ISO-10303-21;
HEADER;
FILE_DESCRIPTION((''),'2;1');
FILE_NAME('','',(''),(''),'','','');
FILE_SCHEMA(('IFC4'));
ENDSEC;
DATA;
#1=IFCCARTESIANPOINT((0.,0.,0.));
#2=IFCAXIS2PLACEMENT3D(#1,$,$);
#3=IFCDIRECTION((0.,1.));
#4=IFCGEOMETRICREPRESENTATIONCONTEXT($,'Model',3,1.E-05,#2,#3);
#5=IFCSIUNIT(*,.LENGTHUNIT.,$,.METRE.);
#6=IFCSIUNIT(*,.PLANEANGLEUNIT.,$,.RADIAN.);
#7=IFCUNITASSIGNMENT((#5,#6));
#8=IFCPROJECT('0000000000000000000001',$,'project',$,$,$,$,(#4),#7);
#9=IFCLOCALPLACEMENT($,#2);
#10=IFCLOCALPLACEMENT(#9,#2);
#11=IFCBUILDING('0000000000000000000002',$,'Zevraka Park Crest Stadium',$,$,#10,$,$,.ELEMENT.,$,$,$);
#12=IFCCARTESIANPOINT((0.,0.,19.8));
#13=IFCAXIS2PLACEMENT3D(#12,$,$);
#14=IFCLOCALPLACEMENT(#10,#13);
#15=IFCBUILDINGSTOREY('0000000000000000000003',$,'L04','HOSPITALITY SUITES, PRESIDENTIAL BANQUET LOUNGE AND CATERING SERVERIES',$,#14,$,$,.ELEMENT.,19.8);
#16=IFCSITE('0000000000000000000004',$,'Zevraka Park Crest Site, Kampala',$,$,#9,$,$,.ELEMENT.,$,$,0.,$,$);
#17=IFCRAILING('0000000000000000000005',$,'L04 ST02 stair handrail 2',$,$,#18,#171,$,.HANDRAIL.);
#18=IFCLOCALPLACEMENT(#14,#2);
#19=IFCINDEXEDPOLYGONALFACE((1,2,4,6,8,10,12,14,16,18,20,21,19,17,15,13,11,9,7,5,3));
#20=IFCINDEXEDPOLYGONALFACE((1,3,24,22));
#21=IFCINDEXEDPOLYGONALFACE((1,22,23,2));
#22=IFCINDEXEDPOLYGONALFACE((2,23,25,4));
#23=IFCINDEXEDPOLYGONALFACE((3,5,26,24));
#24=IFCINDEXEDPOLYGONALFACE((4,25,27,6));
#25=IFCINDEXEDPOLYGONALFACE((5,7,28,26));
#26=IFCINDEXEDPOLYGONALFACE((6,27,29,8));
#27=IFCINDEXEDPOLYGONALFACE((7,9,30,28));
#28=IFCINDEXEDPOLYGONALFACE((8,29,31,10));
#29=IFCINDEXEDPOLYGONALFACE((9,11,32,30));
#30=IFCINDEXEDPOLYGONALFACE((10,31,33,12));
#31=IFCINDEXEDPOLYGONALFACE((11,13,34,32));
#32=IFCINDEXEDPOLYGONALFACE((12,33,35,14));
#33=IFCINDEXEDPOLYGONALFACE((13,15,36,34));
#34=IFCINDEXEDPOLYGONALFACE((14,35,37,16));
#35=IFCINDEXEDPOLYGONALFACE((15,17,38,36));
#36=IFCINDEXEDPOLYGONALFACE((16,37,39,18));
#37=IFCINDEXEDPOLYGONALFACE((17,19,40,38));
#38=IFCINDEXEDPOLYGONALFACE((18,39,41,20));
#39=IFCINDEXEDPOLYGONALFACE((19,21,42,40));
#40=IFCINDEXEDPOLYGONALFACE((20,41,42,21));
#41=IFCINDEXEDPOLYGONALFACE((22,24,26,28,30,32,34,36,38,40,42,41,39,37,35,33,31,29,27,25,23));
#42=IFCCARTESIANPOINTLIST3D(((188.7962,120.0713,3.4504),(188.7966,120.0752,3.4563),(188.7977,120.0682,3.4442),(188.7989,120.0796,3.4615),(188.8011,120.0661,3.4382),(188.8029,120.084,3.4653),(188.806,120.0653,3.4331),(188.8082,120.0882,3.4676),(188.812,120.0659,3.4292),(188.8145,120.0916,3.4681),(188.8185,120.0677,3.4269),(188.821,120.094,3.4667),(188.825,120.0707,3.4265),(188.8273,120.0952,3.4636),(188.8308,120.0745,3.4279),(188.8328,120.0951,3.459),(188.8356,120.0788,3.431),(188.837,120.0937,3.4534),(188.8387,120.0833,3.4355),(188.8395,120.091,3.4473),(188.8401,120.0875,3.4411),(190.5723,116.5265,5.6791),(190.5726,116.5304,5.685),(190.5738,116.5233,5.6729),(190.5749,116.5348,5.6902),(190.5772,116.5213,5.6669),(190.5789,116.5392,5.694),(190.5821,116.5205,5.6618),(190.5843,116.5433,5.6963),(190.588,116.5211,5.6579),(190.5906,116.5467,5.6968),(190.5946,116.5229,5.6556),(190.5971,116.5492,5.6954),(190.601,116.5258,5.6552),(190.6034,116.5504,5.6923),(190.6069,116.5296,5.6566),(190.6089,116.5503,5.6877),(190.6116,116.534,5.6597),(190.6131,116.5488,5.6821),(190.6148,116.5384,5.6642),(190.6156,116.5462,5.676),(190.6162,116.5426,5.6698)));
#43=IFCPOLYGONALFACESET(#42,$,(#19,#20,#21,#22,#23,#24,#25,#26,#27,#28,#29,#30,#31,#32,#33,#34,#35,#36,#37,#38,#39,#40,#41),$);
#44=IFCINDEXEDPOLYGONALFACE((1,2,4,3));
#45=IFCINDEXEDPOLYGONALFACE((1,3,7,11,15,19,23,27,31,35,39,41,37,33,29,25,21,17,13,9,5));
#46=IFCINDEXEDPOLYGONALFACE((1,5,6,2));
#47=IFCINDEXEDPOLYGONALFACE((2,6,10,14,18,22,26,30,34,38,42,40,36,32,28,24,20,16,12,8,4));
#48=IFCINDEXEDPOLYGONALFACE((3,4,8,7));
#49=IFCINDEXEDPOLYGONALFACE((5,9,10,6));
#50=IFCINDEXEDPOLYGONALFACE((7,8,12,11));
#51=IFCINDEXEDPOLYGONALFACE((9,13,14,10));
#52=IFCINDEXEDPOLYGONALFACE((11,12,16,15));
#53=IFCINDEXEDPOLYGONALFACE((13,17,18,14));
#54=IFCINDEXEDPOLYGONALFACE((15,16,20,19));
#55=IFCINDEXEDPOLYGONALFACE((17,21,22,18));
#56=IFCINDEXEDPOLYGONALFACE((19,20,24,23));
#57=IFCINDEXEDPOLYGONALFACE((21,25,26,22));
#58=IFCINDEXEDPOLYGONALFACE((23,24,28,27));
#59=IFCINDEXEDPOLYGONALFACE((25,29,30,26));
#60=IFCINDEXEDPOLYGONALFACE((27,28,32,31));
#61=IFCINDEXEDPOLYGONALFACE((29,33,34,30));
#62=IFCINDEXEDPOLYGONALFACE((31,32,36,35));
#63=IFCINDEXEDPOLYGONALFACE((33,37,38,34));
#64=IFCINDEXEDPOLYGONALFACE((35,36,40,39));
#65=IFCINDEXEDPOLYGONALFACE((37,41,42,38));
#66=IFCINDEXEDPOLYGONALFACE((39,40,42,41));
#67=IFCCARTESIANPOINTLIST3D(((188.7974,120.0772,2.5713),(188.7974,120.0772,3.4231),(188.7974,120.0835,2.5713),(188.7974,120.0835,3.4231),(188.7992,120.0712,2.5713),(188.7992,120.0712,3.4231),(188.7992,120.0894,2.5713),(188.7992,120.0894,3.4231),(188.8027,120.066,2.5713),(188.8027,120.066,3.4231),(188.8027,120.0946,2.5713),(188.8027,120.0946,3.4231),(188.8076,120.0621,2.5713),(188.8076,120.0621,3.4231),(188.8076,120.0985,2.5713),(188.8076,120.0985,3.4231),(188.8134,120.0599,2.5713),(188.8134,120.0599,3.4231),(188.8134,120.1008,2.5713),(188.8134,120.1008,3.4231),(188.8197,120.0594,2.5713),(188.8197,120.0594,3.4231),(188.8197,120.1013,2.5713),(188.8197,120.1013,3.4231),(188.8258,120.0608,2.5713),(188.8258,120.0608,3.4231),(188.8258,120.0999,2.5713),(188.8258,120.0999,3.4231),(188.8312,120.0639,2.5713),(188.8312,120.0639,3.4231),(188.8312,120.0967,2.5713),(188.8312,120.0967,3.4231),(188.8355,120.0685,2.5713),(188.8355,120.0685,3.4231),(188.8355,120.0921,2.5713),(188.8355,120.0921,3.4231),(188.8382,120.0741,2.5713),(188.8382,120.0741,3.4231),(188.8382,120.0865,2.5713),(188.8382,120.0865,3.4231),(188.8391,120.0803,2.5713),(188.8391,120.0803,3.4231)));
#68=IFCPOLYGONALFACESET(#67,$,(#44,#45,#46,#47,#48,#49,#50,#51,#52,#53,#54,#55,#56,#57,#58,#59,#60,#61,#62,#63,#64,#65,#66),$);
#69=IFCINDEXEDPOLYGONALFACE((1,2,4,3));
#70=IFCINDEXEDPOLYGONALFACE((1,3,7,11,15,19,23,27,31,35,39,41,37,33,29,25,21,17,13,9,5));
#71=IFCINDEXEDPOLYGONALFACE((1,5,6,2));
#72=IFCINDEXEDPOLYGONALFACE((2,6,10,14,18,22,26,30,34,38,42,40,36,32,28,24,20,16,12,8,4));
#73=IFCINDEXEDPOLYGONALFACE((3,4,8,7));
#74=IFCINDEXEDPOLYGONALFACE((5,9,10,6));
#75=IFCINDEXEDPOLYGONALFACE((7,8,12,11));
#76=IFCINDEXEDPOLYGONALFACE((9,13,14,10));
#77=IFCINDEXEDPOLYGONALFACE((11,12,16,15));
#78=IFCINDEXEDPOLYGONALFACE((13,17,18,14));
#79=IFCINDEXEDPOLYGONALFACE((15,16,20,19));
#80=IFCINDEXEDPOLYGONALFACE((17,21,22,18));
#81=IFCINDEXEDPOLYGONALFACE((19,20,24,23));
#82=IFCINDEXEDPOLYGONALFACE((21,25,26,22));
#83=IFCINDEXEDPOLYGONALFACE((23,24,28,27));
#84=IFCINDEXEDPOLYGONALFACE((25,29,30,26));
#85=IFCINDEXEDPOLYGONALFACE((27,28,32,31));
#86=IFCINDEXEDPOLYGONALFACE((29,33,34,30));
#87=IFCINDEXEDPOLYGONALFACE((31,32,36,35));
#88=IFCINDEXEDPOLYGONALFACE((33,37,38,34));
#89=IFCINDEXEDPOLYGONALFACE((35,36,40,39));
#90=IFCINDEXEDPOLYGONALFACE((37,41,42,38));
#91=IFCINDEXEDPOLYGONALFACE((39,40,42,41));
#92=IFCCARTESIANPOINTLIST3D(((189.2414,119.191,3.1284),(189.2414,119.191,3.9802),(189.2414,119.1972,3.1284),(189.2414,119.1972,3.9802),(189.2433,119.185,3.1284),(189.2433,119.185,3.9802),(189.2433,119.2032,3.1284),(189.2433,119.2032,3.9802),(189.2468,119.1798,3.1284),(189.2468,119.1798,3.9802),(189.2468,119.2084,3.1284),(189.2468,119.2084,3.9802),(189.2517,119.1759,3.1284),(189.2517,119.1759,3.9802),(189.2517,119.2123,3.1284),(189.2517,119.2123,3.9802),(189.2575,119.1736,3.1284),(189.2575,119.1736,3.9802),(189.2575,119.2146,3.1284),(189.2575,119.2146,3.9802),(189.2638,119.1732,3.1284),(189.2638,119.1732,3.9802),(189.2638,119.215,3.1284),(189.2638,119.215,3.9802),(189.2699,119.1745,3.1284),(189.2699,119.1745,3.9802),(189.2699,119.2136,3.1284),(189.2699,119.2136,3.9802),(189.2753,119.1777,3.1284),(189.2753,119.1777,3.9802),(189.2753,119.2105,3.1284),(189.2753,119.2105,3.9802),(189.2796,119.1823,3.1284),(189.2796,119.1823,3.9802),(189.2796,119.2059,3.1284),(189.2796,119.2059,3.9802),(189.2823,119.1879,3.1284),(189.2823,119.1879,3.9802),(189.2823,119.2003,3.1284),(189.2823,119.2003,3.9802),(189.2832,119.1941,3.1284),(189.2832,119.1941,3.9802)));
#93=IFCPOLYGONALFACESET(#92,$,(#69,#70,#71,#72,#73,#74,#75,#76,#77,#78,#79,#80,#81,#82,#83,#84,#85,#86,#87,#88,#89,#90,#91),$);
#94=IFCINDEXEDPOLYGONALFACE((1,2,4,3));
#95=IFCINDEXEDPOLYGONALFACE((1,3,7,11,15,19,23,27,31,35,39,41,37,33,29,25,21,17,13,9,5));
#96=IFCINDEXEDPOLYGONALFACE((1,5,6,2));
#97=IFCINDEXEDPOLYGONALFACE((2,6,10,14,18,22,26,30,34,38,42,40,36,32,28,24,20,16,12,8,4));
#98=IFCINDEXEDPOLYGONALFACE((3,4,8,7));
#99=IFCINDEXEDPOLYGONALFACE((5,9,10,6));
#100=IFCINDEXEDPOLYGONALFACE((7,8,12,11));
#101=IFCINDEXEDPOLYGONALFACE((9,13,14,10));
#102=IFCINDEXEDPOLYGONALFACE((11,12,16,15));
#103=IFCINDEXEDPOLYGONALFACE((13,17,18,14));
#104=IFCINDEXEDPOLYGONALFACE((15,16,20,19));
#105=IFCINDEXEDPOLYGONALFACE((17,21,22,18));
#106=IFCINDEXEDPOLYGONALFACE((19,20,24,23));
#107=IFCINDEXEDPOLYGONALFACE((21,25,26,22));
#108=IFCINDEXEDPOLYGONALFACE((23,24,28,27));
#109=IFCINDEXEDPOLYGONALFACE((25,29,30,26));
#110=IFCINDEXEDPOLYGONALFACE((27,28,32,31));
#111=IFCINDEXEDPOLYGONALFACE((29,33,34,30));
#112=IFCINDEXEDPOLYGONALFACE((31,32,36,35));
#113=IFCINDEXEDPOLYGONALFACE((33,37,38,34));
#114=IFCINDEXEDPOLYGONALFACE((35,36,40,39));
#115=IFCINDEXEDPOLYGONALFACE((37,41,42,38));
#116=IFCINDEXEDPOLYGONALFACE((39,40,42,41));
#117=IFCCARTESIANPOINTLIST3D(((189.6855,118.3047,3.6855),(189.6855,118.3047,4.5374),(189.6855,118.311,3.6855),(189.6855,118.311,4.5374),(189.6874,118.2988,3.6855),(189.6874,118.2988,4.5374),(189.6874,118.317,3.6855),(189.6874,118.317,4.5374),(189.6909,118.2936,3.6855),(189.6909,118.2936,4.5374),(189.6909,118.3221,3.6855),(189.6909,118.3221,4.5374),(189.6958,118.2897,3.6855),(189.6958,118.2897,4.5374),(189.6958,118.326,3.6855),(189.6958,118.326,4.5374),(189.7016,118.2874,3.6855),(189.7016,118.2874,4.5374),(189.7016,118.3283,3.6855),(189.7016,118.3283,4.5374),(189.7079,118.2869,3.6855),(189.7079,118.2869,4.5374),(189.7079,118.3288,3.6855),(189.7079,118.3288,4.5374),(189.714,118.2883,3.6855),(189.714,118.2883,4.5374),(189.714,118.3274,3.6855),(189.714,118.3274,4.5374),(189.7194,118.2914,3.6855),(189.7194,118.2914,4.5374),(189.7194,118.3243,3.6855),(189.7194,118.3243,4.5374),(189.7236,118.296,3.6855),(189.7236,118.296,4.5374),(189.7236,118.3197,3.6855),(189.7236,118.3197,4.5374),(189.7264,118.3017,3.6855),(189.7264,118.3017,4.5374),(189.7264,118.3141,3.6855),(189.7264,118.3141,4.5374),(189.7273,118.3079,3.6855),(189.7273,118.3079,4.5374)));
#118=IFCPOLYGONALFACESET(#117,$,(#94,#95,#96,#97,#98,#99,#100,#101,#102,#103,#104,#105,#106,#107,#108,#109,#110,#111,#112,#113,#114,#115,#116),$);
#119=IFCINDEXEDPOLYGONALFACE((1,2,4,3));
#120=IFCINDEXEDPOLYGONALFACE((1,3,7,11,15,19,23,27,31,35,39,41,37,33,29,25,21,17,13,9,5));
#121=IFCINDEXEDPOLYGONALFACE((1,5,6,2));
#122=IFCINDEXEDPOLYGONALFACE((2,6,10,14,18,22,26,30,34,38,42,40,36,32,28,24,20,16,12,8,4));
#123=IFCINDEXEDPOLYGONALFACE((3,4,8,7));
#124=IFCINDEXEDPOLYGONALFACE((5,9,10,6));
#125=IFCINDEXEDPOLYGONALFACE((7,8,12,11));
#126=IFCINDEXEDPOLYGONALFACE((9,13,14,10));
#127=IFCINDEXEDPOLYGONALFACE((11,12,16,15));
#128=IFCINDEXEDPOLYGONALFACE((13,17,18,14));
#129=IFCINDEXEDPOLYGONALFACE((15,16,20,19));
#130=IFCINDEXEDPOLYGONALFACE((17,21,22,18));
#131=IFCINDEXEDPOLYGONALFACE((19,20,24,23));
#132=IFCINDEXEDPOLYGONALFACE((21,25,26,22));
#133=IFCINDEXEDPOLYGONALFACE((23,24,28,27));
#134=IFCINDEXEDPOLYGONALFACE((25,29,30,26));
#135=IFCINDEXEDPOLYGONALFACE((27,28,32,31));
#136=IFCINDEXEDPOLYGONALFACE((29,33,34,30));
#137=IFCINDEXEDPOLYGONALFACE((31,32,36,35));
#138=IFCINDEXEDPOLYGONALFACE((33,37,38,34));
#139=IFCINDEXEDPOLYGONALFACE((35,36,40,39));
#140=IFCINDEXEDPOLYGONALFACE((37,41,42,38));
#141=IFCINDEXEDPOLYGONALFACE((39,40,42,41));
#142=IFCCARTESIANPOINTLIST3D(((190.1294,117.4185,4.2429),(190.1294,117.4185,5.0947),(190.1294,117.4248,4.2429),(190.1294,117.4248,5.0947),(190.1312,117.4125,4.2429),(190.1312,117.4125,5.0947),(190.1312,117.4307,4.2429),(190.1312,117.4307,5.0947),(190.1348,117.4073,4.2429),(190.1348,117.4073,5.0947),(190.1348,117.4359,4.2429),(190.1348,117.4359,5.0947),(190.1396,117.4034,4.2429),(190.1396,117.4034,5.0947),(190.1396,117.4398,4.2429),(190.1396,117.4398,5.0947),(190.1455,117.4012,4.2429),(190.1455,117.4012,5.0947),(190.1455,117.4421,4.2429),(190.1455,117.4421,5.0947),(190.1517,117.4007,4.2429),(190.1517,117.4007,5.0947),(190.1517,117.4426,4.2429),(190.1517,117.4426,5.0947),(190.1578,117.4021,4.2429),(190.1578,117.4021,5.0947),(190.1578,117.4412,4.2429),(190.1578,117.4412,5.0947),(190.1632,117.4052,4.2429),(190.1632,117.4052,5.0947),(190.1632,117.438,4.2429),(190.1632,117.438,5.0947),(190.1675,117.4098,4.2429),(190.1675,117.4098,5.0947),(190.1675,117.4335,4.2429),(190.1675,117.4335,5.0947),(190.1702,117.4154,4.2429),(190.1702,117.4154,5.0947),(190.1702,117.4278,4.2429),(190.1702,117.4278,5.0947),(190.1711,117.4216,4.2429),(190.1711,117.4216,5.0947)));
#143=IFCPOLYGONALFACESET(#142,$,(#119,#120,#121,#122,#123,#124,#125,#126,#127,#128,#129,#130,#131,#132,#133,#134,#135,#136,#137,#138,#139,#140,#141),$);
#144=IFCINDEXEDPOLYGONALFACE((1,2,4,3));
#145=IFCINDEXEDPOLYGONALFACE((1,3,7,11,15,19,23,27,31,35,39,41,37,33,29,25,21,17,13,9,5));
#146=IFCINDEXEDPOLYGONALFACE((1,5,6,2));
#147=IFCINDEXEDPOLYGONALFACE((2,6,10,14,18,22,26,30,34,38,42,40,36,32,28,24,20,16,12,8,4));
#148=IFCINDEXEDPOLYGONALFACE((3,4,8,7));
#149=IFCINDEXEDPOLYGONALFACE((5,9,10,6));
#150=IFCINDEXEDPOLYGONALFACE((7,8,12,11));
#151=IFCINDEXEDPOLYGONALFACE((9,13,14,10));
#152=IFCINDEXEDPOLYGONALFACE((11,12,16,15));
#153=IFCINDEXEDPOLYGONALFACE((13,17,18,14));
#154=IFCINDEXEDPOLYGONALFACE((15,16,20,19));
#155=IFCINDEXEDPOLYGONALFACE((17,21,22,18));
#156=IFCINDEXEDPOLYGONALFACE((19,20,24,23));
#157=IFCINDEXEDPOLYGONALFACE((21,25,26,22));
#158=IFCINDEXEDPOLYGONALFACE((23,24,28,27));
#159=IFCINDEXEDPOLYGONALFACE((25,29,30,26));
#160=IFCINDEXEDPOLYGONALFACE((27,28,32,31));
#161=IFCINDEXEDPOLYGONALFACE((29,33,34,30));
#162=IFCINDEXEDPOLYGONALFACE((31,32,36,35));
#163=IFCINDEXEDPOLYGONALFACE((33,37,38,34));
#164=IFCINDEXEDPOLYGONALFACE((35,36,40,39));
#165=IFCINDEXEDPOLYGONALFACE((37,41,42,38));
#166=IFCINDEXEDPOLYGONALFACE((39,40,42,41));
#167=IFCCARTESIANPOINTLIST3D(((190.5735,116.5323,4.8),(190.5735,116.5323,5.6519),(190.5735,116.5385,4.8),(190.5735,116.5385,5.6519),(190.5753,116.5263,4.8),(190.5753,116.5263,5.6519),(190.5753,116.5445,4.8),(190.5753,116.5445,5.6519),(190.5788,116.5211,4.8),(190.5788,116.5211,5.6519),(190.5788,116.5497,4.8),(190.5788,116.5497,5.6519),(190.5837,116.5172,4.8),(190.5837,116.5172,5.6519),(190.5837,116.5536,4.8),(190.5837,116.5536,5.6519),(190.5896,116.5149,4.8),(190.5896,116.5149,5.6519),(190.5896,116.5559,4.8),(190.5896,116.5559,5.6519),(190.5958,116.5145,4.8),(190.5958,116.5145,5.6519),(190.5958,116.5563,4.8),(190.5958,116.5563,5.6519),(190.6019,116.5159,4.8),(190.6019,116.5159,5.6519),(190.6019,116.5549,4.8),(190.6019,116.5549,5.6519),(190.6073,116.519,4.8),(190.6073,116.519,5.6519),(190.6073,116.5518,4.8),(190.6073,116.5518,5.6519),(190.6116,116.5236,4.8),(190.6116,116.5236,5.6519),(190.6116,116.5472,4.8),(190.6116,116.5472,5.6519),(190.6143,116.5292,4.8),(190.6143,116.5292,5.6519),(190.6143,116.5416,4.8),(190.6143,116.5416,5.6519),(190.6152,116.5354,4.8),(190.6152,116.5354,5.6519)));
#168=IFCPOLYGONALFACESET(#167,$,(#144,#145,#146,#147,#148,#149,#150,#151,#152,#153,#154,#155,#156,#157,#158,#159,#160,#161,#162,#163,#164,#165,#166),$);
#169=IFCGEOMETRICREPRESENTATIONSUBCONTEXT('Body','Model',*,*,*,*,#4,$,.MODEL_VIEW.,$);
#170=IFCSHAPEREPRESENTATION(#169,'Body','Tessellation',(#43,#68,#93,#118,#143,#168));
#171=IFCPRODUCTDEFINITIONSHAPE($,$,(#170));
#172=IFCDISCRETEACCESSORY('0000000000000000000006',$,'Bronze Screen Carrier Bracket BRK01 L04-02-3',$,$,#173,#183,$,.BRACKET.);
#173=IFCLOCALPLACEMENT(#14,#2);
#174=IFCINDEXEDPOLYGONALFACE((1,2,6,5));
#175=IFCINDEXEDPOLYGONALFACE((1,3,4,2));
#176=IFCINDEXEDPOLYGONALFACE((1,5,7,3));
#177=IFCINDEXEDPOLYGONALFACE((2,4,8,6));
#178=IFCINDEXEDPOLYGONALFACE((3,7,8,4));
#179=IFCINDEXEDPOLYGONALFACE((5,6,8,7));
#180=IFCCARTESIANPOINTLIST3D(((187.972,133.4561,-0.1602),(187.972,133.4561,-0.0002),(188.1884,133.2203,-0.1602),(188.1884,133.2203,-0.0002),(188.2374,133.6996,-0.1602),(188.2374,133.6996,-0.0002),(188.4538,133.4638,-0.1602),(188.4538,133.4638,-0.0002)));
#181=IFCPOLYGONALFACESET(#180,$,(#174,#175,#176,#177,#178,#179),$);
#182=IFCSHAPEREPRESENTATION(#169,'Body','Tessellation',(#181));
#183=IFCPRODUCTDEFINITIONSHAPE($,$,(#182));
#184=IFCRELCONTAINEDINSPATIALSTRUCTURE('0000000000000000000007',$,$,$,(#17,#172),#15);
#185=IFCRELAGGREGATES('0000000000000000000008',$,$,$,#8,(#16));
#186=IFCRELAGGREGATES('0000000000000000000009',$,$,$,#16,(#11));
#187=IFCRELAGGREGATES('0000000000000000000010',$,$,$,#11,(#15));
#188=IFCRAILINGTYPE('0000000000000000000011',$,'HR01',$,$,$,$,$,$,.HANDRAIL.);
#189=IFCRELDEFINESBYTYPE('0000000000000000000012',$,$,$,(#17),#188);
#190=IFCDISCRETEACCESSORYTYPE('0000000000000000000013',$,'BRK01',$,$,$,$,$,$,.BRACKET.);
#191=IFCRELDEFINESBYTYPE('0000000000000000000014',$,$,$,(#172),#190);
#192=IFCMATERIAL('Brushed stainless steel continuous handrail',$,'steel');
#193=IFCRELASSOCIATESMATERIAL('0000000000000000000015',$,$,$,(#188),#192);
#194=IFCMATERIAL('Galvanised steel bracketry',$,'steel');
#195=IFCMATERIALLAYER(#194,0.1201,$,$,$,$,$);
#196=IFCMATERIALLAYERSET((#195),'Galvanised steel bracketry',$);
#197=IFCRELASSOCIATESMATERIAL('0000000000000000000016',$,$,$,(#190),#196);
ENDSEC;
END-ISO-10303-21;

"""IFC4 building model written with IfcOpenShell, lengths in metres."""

from ifc_helpers import new_model, si_unit, direction, frame, origin, origin_2d, place, context, subcontext, project, spatial, rectangle, circle, extrude, material, layer, layer_set, type_object, element, save


model = new_model("IFC4")

# Units and contexts
model_context = context("Model", 3, precision=1e-05, world=origin(), true_north=direction((0.0, 1.0)))
body_context = subcontext(model_context, "Body", "Model", "MODEL_VIEW")
ifc_project = project(units=[si_unit("LENGTHUNIT", "METRE"), si_unit("PLANEANGLEUNIT", "RADIAN")], contexts=[model_context])

# Site, building, storey
site_placement = place(None, origin())
site = spatial("IfcSite", under=ifc_project, at=site_placement, Name="Zevraka Park Crest Site, Kampala", CompositionType="ELEMENT", RefElevation=0.0)
building_placement = place(site_placement, origin())
building = spatial("IfcBuilding", under=site, at=building_placement, Name="Zevraka Park Crest Stadium", CompositionType="ELEMENT")
storey_placement = place(building_placement, frame((0.0, 0.0, 19.8)))
storey = spatial("IfcBuildingStorey", under=building, at=storey_placement, Name="L04", Description="HOSPITALITY SUITES, PRESIDENTIAL BANQUET LOUNGE AND CATERING SERVERIES", CompositionType="ELEMENT", Elevation=19.8)

# Railing
ifc_material_1 = material(Name="Brushed stainless steel continuous handrail", Category="steel")
railing_type_1 = type_object("IfcRailingType", Name="HR01", PredefinedType="HANDRAIL", material=ifc_material_1)
railing_1_placement = place(storey_placement, frame((188.8181, 120.0803, 2.5713)))
element("IfcRailing", 1, at=railing_1_placement, inside=storey, type_object=railing_type_1, Name="L04 ST02 stair handrail 2", PredefinedType="HANDRAIL", context=body_context, shape_type="SweptSolid", body=[
    extrude(circle(Radius=0.0239, at=origin_2d()), frame((0.0, 0.0, 0.876), z_axis=(0.390489, -0.779368, 0.490004), x_axis=(0.894057, 0.447952, 0.0)), (0.0, 0.0, 1.0), 4.5483),
    extrude(circle(Radius=0.021, at=origin_2d()), origin(), (0.0, 0.0, 1.0), 0.8518),
    extrude(circle(Radius=0.021, at=origin_2d()), frame((0.4441, -0.8862, 0.5571)), (0.0, 0.0, 1.0), 0.8518),
    extrude(circle(Radius=0.021, at=origin_2d()), frame((0.8882, -1.7725, 1.1143)), (0.0, 0.0, 1.0), 0.8518),
    extrude(circle(Radius=0.021, at=origin_2d()), frame((1.332, -2.6587, 1.6716)), (0.0, 0.0, 1.0), 0.8518),
    extrude(circle(Radius=0.021, at=origin_2d()), frame((1.7761, -3.5449, 2.2288)), (0.0, 0.0, 1.0), 0.8518),
])

# Discrete accessory
ifc_material_2 = material(Name="Galvanised steel bracketry", Category="steel")
ifc_layer_1 = layer(ifc_material_2, 0.1201)
ifc_layer_set_1 = layer_set([ifc_layer_1], Name="Galvanised steel bracketry")
discrete_accessory_type = type_object("IfcDiscreteAccessoryType", Name="BRK01", PredefinedType="BRACKET", material=ifc_layer_set_1)
discrete_accessory_placement = place(storey_placement, frame((188.2129, 133.46, -0.1602), z_axis=(0.0, 0.0, 1.0), x_axis=(-0.676105, 0.736806, 0.0)))
element("IfcDiscreteAccessory", 2, at=discrete_accessory_placement, inside=storey, type_object=discrete_accessory_type, Name="Bronze Screen Carrier Bracket BRK01 L04-02-3", PredefinedType="BRACKET", context=body_context, shape_type="SweptSolid", body=[
    extrude(rectangle(XDim=0.3201, YDim=0.3601, at=origin_2d()), origin(), (0.0, 0.0, 1.0), 0.1599),
])

save(model, "model.ifc")
